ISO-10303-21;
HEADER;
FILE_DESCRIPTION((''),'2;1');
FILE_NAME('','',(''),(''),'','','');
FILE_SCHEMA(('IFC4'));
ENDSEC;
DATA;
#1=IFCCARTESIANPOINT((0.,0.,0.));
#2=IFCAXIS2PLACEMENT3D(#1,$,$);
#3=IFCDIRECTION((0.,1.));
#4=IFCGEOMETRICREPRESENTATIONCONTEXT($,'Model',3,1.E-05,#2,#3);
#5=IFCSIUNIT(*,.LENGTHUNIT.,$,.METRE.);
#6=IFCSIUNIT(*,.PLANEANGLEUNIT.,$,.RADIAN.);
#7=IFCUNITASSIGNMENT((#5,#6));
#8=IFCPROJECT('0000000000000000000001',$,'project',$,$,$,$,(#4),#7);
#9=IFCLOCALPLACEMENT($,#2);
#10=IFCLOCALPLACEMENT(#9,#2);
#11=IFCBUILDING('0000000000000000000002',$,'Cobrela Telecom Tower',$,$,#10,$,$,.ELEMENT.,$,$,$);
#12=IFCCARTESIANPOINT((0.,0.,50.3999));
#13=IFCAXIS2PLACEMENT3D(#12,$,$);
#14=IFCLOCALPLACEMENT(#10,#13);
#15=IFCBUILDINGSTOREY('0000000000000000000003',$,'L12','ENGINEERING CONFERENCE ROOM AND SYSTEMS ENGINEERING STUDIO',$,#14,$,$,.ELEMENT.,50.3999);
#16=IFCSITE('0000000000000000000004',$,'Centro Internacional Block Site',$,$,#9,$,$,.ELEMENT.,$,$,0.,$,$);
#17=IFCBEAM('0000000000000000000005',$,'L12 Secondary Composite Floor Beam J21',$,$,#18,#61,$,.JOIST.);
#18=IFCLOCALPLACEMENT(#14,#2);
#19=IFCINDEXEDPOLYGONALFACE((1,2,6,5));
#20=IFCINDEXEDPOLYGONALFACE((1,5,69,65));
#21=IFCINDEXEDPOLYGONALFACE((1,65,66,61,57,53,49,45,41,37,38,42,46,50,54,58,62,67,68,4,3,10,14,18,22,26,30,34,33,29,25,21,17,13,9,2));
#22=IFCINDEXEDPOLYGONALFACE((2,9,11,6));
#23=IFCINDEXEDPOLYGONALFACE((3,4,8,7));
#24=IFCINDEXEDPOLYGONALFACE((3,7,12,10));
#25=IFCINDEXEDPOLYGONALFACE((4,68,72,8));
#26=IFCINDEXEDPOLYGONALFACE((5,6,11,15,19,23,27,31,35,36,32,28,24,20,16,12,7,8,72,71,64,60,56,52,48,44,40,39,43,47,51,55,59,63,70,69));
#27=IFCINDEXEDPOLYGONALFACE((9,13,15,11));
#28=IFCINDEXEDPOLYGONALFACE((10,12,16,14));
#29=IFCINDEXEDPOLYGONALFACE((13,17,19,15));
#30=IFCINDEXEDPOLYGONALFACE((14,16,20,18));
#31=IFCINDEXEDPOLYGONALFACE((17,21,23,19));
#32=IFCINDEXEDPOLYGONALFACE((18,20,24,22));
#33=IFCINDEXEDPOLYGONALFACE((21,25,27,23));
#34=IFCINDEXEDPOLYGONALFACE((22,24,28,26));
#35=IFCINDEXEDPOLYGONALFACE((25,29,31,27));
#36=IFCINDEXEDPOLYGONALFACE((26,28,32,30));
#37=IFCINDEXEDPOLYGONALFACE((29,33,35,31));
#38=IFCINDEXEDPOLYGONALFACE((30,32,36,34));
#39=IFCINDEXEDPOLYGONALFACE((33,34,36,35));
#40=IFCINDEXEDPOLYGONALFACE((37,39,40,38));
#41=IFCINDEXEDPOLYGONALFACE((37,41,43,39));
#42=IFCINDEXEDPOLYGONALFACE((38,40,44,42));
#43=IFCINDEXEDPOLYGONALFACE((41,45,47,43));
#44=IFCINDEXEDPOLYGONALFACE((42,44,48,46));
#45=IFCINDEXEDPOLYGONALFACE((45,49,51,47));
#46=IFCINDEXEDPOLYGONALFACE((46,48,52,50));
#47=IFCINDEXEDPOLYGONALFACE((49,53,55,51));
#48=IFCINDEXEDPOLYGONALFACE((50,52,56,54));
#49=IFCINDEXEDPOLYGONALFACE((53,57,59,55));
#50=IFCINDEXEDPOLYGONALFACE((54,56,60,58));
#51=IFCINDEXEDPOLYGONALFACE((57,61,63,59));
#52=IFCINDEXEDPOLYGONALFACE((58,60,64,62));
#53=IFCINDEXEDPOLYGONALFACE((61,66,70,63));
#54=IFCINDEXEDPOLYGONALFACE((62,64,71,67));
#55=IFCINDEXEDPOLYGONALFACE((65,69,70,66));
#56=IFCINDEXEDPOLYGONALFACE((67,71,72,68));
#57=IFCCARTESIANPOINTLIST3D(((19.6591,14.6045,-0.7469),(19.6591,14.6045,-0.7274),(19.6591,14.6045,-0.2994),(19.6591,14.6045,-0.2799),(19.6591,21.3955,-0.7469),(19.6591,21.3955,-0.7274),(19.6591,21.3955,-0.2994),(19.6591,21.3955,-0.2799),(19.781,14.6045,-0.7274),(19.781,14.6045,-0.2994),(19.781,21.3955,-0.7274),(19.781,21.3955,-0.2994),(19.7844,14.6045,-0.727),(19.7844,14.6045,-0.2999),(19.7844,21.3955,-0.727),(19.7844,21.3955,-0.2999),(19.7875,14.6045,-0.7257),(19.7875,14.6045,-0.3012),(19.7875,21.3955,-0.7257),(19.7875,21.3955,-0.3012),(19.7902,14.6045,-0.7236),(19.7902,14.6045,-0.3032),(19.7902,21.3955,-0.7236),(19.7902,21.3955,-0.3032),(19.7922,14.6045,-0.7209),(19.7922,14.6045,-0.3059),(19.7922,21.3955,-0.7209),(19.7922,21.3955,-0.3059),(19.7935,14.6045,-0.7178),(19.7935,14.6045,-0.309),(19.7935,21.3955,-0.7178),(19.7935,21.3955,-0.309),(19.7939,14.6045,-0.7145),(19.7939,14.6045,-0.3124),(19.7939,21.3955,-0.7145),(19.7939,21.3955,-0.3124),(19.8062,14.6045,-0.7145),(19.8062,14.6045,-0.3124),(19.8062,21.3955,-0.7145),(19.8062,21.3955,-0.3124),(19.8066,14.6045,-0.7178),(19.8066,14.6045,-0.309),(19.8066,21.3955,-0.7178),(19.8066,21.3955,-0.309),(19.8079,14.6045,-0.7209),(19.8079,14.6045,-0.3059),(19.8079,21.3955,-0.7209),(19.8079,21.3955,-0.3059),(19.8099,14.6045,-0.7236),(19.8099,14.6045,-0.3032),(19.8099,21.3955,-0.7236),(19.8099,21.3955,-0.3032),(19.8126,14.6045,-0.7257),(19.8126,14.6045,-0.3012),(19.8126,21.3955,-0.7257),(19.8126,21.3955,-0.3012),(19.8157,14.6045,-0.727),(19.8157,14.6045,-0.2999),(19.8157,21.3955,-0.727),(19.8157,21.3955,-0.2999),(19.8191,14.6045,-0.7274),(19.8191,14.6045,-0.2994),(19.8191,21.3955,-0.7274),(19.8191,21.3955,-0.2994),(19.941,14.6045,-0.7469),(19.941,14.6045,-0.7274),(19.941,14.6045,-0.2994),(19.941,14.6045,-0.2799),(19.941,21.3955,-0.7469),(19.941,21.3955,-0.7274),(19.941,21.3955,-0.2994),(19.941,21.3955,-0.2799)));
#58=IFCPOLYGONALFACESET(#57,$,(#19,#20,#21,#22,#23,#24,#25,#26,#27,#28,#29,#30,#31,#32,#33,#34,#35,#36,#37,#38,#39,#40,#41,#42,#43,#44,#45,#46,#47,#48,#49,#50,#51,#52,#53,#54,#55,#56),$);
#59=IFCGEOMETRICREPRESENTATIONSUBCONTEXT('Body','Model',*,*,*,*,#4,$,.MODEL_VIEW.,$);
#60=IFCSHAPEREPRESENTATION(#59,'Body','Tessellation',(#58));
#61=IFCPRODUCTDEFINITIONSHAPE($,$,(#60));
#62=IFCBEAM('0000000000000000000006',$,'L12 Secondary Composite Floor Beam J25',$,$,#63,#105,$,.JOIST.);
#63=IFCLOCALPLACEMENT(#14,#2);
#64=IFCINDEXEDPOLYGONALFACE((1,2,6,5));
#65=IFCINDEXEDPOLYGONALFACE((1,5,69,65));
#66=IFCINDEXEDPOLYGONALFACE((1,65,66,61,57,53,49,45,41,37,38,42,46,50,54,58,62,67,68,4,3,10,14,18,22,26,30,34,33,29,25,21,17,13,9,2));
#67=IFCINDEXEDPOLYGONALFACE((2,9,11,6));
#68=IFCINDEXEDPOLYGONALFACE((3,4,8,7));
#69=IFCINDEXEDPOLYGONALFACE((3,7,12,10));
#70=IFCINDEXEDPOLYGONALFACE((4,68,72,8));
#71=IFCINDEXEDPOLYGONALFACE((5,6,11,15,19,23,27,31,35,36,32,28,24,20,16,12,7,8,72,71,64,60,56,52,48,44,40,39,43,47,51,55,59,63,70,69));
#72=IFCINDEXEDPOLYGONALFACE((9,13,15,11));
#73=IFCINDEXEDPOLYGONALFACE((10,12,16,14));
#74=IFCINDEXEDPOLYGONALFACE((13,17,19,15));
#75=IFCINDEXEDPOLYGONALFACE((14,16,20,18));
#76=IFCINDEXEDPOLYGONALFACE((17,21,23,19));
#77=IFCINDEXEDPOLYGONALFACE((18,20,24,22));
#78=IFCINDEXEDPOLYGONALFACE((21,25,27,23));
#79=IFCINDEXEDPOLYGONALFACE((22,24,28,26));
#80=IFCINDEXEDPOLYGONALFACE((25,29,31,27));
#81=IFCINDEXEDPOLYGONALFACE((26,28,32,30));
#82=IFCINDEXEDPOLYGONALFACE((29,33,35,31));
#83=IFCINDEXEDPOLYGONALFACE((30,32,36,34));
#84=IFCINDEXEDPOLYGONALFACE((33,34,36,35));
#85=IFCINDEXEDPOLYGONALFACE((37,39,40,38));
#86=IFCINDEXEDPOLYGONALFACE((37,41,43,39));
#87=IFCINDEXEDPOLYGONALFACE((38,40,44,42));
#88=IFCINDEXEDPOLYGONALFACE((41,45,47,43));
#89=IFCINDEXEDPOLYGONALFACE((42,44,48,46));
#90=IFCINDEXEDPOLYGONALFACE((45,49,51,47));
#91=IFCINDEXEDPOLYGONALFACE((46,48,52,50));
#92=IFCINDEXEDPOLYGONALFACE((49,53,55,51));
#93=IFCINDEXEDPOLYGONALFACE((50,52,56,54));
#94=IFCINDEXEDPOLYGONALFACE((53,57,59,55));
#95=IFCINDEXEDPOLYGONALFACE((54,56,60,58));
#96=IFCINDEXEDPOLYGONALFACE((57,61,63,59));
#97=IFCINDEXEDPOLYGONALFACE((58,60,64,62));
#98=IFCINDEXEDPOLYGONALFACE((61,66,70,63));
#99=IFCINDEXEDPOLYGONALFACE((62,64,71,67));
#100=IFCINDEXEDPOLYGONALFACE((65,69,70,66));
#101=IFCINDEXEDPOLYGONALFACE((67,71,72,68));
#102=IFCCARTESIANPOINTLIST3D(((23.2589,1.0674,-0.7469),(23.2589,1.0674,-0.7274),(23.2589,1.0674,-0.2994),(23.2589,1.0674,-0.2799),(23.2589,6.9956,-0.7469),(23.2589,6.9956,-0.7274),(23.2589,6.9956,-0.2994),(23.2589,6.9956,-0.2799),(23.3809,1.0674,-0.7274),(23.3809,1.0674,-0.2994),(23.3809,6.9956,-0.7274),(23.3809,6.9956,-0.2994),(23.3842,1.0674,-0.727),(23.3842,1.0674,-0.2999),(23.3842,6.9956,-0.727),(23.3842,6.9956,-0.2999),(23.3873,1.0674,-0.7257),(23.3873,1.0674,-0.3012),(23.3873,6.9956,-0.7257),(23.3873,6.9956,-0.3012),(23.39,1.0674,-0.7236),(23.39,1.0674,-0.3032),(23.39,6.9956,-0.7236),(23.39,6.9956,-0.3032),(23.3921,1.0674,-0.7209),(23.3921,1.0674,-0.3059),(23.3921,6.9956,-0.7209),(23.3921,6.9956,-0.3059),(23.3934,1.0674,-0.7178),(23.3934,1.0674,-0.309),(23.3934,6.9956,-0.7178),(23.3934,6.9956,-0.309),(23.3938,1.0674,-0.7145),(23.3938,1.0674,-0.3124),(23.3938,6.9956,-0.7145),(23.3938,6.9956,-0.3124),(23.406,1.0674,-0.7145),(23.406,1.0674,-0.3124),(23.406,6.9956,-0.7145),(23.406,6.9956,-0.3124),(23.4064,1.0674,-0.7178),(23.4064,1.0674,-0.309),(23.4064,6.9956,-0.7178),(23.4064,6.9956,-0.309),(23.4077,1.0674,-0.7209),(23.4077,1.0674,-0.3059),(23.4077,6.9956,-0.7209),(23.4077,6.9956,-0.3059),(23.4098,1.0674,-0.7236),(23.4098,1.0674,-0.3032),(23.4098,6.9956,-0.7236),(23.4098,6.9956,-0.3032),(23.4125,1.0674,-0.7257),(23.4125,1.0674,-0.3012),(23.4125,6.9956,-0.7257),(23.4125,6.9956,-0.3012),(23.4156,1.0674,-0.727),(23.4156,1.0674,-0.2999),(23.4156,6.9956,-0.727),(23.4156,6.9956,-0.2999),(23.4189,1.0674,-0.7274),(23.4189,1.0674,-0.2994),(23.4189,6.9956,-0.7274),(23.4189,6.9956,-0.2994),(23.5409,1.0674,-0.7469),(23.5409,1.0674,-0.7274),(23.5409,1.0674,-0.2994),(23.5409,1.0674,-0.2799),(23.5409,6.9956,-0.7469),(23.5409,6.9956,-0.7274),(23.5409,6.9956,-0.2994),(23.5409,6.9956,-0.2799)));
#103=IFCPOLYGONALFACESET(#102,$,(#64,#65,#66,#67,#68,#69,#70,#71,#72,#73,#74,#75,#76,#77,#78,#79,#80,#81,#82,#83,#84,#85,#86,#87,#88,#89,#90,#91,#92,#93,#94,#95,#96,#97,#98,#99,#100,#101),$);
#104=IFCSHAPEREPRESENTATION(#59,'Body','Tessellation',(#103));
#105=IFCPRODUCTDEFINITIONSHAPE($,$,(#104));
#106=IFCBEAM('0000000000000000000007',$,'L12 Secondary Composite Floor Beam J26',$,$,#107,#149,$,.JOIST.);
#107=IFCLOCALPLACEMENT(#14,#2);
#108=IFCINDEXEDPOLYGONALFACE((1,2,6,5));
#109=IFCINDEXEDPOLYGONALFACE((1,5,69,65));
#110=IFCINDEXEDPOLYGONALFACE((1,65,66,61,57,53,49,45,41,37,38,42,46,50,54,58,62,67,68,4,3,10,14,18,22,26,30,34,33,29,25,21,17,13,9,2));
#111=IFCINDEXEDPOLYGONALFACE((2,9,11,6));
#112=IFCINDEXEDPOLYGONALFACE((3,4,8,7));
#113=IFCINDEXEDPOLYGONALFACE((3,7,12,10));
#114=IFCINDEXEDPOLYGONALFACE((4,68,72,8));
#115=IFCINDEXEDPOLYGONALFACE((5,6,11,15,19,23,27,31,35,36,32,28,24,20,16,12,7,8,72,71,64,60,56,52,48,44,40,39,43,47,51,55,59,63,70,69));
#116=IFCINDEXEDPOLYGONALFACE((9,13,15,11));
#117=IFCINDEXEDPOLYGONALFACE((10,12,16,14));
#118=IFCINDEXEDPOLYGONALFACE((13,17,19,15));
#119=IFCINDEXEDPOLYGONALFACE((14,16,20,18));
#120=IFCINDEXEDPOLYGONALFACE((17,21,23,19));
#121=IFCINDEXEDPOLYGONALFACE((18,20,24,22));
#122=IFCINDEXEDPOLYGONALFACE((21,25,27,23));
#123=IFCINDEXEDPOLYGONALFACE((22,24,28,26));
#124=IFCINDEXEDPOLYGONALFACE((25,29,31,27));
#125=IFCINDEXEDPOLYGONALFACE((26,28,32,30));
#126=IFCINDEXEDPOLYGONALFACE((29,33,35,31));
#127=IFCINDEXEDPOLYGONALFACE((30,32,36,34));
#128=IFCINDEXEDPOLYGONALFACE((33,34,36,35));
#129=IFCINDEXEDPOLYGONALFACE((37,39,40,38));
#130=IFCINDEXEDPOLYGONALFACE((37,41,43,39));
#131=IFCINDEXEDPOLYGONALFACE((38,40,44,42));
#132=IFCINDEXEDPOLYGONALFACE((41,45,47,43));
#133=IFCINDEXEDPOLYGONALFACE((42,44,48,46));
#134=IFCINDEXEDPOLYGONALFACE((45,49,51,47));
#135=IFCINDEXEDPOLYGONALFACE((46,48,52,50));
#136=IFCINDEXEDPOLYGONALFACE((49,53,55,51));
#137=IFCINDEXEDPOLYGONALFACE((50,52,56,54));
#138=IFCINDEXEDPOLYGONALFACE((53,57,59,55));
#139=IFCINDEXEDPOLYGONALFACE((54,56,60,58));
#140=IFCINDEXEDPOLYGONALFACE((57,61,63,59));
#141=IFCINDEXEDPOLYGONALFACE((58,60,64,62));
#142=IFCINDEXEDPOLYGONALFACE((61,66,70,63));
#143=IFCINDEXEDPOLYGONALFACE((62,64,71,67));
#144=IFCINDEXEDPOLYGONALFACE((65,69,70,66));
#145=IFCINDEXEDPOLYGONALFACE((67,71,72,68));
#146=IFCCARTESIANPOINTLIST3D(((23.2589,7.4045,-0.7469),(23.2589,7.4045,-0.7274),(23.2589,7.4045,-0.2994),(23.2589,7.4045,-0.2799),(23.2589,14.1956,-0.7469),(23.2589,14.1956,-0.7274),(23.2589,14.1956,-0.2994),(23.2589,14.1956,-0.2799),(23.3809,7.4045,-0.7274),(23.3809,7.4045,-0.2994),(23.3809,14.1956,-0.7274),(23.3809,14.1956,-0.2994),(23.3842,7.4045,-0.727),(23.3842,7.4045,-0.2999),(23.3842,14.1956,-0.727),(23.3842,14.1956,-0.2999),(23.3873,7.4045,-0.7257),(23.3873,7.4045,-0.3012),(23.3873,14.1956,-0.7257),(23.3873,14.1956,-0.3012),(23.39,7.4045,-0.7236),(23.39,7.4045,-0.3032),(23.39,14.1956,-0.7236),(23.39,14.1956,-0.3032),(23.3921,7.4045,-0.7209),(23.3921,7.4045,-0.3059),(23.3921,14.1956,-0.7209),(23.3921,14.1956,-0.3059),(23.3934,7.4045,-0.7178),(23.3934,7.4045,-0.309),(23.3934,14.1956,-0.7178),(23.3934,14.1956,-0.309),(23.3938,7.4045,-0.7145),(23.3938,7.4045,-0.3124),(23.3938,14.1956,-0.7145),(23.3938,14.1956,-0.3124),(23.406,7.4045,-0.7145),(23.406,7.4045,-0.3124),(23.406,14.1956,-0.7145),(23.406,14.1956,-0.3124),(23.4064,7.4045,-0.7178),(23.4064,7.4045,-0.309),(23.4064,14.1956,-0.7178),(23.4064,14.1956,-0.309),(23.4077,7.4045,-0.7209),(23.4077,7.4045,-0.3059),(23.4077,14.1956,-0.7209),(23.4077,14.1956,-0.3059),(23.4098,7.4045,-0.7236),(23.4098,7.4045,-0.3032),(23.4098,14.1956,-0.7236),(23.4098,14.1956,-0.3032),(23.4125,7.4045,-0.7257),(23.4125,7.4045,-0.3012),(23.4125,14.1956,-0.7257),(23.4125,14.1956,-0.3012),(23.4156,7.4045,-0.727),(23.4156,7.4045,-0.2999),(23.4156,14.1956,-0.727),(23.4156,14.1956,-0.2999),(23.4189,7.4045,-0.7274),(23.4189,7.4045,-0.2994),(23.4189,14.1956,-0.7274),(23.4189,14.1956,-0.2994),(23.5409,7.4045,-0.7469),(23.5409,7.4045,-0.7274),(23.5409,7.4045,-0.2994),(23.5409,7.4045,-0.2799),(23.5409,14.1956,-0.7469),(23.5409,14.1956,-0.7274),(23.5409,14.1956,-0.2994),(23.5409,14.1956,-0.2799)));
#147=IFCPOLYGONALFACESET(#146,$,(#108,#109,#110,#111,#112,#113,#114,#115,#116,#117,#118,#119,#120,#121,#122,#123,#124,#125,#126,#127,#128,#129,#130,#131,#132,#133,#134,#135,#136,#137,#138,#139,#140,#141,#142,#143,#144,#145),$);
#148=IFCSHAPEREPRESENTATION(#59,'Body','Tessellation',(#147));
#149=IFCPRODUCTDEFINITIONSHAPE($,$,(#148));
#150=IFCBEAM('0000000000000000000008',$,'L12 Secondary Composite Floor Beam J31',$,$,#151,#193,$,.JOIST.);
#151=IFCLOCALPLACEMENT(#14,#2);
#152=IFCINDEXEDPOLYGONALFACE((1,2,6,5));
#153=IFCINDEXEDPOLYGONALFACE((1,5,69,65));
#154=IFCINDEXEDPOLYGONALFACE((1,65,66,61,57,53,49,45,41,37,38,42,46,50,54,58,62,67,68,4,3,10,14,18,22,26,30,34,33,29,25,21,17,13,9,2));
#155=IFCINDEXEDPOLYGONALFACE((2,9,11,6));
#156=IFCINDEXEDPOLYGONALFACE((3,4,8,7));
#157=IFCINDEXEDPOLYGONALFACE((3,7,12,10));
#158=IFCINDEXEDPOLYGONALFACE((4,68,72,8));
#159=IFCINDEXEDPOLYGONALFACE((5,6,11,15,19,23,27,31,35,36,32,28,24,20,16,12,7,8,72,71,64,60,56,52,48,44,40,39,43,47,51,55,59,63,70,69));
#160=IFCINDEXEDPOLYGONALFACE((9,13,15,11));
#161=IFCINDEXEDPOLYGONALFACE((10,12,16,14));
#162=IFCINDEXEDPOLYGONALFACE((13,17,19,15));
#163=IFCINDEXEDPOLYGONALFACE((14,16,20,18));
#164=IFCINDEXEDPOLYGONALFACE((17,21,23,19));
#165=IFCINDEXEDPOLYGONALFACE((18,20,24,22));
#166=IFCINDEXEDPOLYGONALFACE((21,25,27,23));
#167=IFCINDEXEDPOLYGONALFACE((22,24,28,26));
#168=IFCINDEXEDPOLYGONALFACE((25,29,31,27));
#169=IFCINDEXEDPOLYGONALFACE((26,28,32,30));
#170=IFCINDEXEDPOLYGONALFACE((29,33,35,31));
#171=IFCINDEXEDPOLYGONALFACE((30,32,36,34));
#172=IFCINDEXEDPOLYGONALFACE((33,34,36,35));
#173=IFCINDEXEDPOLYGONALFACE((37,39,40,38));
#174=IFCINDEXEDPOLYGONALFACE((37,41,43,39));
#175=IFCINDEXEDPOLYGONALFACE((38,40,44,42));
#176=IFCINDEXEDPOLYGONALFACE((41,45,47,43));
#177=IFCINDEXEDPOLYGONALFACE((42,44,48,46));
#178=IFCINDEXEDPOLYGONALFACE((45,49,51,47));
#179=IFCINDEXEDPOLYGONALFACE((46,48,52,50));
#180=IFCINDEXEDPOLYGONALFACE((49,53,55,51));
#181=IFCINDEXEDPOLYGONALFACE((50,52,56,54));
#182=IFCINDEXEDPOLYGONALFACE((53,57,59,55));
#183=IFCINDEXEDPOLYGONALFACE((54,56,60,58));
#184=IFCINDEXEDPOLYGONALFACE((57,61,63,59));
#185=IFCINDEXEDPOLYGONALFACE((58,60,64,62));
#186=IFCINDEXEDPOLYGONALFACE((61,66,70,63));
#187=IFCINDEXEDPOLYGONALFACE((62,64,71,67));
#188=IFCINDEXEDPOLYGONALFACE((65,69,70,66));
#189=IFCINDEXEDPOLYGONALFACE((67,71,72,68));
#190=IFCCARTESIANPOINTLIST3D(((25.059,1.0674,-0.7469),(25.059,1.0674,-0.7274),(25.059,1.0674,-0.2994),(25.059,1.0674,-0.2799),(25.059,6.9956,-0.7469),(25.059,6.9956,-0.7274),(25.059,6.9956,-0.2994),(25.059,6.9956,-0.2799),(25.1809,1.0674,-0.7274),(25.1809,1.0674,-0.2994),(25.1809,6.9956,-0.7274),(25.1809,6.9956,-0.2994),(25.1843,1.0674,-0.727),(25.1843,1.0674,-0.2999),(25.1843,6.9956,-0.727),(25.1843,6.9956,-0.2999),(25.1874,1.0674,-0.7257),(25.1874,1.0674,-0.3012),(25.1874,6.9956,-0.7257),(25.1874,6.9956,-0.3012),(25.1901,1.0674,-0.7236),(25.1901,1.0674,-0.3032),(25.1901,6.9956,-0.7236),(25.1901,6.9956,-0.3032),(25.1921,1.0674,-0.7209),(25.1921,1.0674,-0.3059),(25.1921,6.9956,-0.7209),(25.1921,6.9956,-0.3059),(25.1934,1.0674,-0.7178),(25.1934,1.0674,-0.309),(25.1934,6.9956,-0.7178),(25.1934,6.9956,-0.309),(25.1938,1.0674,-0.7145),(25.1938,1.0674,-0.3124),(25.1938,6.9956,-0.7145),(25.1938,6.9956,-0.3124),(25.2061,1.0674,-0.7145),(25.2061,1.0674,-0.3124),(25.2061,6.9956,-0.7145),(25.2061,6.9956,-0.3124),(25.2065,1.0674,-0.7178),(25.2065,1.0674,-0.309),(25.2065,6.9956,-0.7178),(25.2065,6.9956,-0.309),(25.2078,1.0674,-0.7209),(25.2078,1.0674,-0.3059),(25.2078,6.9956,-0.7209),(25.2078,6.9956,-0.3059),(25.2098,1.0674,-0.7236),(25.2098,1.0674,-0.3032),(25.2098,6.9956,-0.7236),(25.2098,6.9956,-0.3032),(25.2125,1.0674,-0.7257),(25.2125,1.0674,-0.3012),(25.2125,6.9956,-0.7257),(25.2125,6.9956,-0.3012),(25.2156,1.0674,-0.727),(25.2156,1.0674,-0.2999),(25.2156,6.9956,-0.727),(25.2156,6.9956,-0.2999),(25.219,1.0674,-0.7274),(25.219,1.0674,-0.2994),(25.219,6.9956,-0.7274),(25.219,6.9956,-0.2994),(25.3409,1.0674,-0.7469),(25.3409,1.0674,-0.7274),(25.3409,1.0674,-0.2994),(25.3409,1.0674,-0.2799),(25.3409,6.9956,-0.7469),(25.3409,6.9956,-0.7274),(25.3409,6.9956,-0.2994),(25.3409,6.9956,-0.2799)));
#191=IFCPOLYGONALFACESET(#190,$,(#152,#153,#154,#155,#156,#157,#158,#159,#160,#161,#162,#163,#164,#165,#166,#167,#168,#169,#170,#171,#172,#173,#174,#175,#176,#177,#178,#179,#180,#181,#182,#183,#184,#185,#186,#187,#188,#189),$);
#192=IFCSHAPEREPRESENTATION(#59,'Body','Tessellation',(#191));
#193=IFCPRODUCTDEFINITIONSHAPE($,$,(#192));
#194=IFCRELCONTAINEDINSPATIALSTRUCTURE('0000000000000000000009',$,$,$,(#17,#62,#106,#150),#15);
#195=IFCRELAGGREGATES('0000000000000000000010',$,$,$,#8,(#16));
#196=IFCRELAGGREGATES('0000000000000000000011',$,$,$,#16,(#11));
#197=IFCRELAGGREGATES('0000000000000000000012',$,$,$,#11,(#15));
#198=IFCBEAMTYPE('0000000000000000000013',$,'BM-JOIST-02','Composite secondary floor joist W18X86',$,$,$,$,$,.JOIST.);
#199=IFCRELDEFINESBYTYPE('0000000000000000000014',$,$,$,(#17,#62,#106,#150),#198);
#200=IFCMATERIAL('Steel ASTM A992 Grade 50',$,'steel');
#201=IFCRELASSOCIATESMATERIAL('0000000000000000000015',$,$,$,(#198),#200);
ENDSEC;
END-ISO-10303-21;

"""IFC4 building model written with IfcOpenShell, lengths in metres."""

from ifc_helpers import new_model, si_unit, direction, frame, origin, origin_2d, place, context, subcontext, project, spatial, i_section, extrude, material, material_profile, profile_set, type_object, element, save


model = new_model("IFC4")

# Units and contexts
model_context = context("Model", 3, precision=1e-05, world=origin(), true_north=direction((0.0, 1.0)))
body_context = subcontext(model_context, "Body", "Model", "MODEL_VIEW")
ifc_project = project(units=[si_unit("LENGTHUNIT", "METRE"), si_unit("PLANEANGLEUNIT", "RADIAN")], contexts=[model_context])

# Site, building, storey
site_placement = place(None, origin())
site = spatial("IfcSite", under=ifc_project, at=site_placement, Name="Centro Internacional Block Site", CompositionType="ELEMENT", RefElevation=0.0)
building_placement = place(site_placement, origin())
building = spatial("IfcBuilding", under=site, at=building_placement, Name="Cobrela Telecom Tower", CompositionType="ELEMENT")
storey_placement = place(building_placement, frame((0.0, 0.0, 50.3999)))
storey = spatial("IfcBuildingStorey", under=building, at=storey_placement, Name="L12", Description="ENGINEERING CONFERENCE ROOM AND SYSTEMS ENGINEERING STUDIO", CompositionType="ELEMENT", Elevation=50.3999)

# Shared definitions
ifc_material_1 = material(Name="Steel ASTM A992 Grade 50", Category="steel")

# Beams
ifc_material_profile_1 = material_profile(ifc_material_1, i_section(OverallWidth=0.282, OverallDepth=0.467, WebThickness=0.0122, FlangeThickness=0.0195, FilletRadius=0.0129, at=origin_2d()), Name="W18X86")
ifc_profile_set_1 = profile_set([ifc_material_profile_1], Name="Steel ASTM A992 Grade 50")
beam_type_1 = type_object("IfcBeamType", Name="BM-JOIST-02", Description="Composite secondary floor joist W18X86", PredefinedType="JOIST", material=ifc_profile_set_1)
for number, where, z_axis, x_axis, name in (
    (1, (19.8, 14.6045, -0.5134), (0.0, 1.0, 0.0), (-1.0, 0.0, 0.0), "L12 Secondary Composite Floor Beam J21"),
):
    element("IfcBeam", number, at=place(storey_placement, frame(where, z_axis=z_axis, x_axis=x_axis)), inside=storey, type_object=beam_type_1, Name=name, PredefinedType="JOIST", context=body_context, shape_type="SweptSolid", body=[
        extrude(i_section(OverallWidth=0.282, OverallDepth=0.467, WebThickness=0.0122, FlangeThickness=0.0195, FilletRadius=0.0129, at=origin_2d()), origin(), (0.0, 0.0, 1.0), 6.791),
    ])
beam_1_placement = place(storey_placement, frame((23.3999, 1.0674, -0.5134), z_axis=(0.0, 1.0, 0.0), x_axis=(-1.0, 0.0, 0.0)))
element("IfcBeam", 2, at=beam_1_placement, inside=storey, type_object=beam_type_1, Name="L12 Secondary Composite Floor Beam J25", PredefinedType="JOIST", context=body_context, shape_type="SweptSolid", body=[
    extrude(i_section(OverallWidth=0.282, OverallDepth=0.467, WebThickness=0.0122, FlangeThickness=0.0195, FilletRadius=0.0129, at=origin_2d()), origin(), (0.0, 0.0, 1.0), 5.9282),
])
beam_2_placement = place(storey_placement, frame((23.3999, 7.4045, -0.5134), z_axis=(0.0, 1.0, 0.0), x_axis=(-1.0, 0.0, 0.0)))
element("IfcBeam", 3, at=beam_2_placement, inside=storey, type_object=beam_type_1, Name="L12 Secondary Composite Floor Beam J26", PredefinedType="JOIST", context=body_context, shape_type="SweptSolid", body=[
    extrude(i_section(OverallWidth=0.282, OverallDepth=0.467, WebThickness=0.0122, FlangeThickness=0.0195, FilletRadius=0.0129, at=origin_2d()), origin(), (0.0, 0.0, 1.0), 6.791),
])
beam_3_placement = place(storey_placement, frame((25.2, 1.0674, -0.5134), z_axis=(0.0, 1.0, 0.0), x_axis=(-1.0, 0.0, 0.0)))
element("IfcBeam", 4, at=beam_3_placement, inside=storey, type_object=beam_type_1, Name="L12 Secondary Composite Floor Beam J31", PredefinedType="JOIST", context=body_context, shape_type="SweptSolid", body=[
    extrude(i_section(OverallWidth=0.282, OverallDepth=0.467, WebThickness=0.0122, FlangeThickness=0.0195, FilletRadius=0.0129, at=origin_2d()), origin(), (0.0, 0.0, 1.0), 5.9282),
])

save(model, "model.ifc")
